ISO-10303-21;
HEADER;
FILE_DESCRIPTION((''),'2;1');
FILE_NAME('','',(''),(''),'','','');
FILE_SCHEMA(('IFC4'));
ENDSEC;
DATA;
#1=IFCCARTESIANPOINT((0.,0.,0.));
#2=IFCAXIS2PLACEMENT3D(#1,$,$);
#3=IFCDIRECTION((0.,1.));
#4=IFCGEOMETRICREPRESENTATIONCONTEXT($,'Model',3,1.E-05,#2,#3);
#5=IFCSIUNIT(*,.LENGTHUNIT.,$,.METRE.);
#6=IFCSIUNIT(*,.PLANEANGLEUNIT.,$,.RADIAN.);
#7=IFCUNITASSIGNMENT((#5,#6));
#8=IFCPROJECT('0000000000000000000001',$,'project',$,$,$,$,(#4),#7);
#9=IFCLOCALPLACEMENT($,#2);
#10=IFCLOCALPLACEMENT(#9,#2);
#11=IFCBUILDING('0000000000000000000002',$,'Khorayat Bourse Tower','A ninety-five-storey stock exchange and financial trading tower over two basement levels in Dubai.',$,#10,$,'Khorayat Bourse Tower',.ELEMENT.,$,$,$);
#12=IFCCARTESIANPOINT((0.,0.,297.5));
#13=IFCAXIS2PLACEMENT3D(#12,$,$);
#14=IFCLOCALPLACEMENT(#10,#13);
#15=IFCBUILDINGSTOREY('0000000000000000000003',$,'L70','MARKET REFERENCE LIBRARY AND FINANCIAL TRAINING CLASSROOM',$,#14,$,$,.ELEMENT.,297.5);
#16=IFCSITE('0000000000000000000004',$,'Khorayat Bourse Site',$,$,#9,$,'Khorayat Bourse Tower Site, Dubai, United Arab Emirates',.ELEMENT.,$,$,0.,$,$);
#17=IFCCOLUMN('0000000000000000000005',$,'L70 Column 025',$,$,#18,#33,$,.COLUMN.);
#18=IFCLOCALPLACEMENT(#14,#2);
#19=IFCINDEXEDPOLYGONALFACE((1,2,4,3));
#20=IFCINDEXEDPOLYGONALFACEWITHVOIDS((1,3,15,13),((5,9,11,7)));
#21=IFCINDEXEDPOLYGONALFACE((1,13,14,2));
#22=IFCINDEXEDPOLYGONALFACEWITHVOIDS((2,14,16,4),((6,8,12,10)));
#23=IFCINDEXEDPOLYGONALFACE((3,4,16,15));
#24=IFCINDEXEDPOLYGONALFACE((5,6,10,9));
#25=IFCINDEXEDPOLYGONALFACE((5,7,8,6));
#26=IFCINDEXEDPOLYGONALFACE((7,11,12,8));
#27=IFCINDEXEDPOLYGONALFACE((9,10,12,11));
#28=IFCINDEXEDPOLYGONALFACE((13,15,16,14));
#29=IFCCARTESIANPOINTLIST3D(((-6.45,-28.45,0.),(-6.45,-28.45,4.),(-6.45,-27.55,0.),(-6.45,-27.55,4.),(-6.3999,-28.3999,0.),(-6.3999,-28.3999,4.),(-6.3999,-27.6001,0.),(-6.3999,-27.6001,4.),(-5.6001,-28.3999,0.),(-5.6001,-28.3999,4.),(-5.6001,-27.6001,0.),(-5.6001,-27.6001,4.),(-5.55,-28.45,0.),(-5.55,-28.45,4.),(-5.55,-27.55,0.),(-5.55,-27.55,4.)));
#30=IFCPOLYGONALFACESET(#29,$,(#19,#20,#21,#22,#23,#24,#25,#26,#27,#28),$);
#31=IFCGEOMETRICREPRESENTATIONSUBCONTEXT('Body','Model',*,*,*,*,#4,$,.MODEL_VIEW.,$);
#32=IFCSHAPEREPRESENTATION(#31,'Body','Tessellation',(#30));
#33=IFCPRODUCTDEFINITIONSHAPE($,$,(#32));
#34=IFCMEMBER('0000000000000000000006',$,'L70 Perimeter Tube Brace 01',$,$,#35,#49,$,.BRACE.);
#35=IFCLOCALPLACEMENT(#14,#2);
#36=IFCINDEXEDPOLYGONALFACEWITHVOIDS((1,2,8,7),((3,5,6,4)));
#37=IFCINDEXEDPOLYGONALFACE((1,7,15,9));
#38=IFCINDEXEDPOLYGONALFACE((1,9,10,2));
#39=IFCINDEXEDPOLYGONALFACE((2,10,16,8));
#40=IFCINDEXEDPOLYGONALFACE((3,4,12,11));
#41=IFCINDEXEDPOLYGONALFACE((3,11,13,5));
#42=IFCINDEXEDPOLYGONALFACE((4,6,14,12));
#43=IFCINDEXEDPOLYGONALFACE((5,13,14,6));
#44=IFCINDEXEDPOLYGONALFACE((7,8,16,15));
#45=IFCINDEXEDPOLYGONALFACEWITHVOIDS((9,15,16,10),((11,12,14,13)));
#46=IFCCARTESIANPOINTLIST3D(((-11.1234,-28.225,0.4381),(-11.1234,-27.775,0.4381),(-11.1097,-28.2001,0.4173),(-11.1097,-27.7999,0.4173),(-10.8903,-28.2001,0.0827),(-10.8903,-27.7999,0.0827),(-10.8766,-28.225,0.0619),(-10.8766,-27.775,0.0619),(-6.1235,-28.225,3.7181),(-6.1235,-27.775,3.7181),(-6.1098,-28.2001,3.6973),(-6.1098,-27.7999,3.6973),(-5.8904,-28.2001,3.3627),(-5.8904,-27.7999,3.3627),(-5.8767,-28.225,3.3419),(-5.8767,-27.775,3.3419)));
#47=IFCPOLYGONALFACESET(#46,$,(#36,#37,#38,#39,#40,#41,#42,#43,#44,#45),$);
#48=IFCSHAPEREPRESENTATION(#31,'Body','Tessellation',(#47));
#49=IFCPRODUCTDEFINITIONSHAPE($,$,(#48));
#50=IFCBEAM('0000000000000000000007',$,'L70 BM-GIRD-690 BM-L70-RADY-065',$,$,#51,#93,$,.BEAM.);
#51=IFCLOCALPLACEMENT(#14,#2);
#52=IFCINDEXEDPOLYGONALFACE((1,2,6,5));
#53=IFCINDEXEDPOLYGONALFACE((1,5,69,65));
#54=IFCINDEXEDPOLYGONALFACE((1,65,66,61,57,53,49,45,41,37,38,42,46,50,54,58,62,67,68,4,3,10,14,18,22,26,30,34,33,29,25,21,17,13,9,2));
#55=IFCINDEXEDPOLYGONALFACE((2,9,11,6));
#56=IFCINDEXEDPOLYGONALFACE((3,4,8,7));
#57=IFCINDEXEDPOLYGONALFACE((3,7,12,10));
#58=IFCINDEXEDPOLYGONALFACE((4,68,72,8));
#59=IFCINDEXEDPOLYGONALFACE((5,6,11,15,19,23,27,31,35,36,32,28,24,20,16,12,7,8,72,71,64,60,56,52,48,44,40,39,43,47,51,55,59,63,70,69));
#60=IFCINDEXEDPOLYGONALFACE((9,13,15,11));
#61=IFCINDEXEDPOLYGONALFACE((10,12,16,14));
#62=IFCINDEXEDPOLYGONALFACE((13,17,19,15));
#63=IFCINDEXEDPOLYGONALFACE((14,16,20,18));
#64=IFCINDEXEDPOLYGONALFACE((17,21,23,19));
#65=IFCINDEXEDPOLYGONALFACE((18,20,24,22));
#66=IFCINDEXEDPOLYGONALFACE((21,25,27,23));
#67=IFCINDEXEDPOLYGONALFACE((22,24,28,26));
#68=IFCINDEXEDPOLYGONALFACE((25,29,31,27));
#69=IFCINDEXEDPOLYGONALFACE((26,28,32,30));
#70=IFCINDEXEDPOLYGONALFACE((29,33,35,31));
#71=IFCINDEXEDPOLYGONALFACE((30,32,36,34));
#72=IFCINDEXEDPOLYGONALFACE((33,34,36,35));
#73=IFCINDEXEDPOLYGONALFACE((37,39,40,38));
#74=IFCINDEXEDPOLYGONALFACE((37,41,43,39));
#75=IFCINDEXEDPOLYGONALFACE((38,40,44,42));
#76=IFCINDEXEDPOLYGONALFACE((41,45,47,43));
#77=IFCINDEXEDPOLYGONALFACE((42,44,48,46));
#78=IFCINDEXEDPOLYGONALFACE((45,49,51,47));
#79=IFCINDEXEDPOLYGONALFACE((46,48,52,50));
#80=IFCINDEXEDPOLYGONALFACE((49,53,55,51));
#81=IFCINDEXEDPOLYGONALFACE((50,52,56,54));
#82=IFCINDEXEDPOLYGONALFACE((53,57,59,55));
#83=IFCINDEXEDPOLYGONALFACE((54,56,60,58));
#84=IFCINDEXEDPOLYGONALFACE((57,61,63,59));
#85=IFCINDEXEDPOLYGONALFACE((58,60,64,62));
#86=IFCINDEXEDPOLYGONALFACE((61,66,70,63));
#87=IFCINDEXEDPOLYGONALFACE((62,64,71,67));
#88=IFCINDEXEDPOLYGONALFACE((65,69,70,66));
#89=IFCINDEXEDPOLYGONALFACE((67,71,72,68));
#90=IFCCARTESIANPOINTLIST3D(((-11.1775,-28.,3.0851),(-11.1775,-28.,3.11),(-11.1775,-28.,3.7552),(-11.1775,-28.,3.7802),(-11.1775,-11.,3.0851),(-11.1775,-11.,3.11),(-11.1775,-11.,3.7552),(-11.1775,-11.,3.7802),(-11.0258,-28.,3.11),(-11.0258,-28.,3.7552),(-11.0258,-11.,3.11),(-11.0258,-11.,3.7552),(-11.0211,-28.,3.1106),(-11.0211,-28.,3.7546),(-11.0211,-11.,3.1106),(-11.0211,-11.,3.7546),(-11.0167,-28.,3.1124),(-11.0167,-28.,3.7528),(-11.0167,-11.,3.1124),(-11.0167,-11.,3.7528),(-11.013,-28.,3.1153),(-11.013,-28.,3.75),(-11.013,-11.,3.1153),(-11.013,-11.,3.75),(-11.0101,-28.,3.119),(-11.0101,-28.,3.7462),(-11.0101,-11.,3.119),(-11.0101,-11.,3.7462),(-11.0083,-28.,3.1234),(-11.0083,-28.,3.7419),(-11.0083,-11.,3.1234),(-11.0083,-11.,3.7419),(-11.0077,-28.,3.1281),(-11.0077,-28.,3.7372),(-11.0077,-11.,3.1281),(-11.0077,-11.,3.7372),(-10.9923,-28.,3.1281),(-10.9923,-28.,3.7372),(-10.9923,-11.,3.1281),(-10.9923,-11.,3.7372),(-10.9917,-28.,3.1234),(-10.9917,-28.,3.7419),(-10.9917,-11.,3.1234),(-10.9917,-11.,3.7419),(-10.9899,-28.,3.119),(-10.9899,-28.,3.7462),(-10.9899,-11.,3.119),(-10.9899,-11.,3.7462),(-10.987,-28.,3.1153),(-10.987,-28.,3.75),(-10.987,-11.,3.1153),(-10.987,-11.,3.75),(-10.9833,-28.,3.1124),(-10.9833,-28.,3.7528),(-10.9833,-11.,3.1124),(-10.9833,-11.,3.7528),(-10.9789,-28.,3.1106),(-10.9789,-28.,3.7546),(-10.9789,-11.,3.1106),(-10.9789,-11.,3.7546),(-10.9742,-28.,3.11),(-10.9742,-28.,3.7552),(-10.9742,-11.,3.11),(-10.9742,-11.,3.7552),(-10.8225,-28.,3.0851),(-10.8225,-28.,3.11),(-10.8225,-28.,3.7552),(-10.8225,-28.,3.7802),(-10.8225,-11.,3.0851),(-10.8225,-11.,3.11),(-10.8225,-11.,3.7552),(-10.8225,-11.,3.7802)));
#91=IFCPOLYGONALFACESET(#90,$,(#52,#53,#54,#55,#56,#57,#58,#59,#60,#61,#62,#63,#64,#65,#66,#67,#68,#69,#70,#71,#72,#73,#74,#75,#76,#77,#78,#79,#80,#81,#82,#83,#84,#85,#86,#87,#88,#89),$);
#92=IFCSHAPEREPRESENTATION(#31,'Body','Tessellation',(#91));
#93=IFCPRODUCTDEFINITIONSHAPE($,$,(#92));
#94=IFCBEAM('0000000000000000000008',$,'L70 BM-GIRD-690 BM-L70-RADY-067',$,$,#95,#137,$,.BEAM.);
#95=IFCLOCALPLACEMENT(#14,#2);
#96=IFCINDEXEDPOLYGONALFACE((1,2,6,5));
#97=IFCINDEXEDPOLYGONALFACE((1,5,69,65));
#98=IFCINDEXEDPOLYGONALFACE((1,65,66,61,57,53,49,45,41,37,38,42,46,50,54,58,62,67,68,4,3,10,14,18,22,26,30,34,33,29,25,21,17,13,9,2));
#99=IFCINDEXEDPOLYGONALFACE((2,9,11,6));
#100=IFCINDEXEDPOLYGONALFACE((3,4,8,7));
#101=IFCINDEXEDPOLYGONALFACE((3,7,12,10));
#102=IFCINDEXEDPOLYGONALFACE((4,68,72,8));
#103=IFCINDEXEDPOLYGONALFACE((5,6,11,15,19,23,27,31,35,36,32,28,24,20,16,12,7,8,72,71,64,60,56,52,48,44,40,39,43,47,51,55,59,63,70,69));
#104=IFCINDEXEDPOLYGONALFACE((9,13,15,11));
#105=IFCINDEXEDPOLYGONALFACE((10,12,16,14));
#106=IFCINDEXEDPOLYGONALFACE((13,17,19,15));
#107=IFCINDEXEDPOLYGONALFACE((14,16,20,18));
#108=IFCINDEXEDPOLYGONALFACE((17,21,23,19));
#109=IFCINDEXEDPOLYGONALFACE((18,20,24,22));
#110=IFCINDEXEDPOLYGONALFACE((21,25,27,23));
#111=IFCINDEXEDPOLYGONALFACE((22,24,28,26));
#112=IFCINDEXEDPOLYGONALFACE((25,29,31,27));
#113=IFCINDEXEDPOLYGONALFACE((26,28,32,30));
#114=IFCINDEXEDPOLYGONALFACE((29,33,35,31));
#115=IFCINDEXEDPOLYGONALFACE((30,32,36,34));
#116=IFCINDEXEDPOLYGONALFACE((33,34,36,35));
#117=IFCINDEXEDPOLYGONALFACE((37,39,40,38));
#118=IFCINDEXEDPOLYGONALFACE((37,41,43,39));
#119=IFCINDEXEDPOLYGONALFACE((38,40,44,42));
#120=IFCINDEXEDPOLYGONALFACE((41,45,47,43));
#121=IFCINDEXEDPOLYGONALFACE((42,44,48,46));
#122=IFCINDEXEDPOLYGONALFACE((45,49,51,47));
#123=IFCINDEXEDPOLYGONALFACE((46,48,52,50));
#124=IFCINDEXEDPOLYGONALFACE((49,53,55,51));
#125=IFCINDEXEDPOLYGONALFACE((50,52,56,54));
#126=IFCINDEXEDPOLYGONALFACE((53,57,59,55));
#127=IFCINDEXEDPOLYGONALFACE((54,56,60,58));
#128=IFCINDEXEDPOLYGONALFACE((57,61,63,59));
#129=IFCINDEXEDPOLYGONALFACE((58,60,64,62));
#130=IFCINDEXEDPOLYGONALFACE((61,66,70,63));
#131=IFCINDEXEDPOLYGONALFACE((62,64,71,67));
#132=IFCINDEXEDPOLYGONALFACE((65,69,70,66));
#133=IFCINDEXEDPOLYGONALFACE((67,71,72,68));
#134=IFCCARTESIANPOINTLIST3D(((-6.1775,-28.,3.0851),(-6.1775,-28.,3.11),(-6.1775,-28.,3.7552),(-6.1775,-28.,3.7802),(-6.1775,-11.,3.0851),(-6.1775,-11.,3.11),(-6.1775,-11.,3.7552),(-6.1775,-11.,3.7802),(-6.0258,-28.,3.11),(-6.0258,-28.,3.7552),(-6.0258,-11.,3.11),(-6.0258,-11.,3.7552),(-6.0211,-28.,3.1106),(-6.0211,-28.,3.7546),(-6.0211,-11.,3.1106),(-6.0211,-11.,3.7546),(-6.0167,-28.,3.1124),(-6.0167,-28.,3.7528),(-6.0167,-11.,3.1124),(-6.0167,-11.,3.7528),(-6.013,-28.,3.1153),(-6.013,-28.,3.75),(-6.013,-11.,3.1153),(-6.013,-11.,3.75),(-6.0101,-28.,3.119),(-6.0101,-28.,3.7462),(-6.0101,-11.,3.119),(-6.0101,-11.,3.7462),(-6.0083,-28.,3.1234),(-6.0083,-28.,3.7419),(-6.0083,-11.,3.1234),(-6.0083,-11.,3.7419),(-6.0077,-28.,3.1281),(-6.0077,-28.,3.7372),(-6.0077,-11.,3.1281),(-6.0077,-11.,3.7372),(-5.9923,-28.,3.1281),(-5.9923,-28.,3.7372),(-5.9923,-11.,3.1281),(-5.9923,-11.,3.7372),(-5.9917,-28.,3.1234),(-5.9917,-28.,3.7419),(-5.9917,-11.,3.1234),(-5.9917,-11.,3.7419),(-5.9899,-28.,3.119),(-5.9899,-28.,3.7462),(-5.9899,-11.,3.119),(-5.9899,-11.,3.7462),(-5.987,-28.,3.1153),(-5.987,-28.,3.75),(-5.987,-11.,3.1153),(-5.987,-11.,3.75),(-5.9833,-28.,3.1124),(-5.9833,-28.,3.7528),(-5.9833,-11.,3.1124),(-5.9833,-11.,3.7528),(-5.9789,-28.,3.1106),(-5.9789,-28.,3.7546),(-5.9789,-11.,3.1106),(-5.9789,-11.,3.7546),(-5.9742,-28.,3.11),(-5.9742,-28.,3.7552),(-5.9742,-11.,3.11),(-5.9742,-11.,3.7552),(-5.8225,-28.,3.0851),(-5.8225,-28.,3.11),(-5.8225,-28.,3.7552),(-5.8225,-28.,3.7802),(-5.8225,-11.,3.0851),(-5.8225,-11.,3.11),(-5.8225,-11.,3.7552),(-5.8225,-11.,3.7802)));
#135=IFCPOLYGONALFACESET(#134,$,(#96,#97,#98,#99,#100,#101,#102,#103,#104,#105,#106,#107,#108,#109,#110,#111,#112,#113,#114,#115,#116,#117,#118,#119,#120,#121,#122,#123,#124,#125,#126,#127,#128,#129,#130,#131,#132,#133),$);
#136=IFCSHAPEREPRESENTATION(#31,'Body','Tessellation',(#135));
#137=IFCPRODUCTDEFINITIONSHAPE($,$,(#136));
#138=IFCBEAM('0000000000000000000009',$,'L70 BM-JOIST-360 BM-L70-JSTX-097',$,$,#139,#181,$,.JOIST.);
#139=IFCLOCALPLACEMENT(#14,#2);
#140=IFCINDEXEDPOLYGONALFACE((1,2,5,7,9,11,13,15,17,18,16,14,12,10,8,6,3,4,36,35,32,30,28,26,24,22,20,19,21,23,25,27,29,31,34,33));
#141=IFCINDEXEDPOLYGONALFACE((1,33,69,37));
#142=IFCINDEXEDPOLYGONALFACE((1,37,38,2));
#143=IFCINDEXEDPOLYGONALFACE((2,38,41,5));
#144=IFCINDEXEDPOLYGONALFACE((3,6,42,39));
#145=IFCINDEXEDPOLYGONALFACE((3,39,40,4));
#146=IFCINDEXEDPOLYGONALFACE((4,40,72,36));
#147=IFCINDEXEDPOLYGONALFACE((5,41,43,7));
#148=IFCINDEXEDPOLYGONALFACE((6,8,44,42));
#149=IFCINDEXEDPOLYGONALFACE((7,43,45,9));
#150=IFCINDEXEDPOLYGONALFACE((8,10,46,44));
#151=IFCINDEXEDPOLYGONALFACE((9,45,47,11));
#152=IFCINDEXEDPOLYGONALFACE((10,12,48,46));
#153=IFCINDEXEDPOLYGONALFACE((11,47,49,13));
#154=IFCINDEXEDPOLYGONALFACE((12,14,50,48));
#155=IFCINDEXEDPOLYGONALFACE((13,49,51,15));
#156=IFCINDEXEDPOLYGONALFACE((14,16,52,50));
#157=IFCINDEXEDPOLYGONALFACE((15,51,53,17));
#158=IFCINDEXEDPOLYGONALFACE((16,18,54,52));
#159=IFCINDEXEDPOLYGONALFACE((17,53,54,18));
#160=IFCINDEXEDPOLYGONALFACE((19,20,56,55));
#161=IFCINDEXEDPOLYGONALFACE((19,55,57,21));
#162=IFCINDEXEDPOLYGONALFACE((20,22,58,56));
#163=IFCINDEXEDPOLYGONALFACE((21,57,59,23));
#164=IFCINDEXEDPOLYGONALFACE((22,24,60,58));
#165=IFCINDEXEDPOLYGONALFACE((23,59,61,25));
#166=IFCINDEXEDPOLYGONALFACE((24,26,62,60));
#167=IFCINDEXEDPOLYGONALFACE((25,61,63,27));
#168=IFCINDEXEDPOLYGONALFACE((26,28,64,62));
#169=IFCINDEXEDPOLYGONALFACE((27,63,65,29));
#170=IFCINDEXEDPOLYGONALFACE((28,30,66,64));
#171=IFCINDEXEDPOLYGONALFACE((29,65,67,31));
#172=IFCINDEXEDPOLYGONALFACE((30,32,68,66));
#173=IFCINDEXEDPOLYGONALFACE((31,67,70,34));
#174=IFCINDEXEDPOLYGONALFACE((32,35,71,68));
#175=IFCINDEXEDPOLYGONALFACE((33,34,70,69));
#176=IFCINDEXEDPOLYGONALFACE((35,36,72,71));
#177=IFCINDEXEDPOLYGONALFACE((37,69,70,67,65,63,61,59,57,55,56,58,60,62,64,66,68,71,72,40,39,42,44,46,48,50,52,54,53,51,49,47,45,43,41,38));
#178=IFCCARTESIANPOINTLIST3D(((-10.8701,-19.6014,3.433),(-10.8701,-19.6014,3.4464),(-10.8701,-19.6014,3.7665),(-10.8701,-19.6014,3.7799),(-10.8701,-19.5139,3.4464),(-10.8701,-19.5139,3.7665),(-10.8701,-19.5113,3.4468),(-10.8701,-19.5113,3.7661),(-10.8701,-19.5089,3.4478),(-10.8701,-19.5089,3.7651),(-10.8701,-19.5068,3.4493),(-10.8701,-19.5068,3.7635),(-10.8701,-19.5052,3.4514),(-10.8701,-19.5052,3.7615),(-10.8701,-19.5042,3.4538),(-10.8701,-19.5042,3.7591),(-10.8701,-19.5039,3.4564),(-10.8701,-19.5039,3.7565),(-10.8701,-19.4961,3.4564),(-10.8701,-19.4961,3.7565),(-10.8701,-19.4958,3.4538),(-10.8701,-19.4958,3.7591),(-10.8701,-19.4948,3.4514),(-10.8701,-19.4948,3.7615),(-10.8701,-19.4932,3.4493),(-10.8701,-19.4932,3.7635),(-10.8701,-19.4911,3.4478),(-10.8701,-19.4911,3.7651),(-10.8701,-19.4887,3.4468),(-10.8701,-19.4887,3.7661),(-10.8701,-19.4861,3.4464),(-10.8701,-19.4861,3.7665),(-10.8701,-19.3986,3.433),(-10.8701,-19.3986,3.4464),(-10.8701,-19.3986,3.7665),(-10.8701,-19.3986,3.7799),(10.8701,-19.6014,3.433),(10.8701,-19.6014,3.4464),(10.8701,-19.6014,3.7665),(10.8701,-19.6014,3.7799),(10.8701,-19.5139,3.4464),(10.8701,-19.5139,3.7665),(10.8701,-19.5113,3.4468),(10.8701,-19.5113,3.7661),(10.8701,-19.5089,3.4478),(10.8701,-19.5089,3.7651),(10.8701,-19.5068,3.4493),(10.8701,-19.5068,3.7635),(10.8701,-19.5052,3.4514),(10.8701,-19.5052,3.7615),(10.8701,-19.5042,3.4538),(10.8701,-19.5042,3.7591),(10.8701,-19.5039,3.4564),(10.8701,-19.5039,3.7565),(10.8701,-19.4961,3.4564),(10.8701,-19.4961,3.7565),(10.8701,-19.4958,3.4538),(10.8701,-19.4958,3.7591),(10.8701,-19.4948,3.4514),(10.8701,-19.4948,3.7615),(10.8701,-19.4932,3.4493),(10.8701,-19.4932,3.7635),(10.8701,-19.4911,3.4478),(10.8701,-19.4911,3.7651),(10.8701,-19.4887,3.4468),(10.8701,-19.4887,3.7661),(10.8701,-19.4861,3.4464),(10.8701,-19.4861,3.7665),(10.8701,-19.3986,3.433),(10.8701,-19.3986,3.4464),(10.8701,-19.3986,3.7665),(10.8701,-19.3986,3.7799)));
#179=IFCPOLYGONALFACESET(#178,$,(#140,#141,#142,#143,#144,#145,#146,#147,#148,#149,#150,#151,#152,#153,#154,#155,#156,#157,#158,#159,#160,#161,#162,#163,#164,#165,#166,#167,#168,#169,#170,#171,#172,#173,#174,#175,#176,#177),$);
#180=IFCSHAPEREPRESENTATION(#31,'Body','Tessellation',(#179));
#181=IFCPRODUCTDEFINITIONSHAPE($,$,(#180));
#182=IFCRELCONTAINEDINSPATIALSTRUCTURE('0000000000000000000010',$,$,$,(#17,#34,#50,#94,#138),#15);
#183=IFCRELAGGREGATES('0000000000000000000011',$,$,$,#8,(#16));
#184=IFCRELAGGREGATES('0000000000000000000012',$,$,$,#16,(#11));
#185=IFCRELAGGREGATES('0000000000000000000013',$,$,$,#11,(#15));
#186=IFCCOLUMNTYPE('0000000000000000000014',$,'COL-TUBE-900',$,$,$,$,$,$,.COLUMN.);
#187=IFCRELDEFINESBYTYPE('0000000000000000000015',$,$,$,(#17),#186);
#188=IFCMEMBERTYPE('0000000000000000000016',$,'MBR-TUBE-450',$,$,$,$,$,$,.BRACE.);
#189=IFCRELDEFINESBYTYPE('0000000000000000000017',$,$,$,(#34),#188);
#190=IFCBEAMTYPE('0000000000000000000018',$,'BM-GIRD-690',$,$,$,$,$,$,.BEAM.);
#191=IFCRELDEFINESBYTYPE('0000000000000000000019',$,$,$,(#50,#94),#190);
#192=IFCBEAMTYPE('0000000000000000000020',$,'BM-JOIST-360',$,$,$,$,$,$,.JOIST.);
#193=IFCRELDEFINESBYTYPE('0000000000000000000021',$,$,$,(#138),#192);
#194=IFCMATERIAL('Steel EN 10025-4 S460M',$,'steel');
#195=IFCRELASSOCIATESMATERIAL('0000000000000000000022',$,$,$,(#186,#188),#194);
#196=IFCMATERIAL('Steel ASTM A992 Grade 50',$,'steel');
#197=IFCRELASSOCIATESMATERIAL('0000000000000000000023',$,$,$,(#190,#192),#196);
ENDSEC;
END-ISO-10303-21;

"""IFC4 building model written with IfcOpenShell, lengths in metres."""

from ifc_helpers import new_model, si_unit, direction, frame, origin, origin_2d, place, context, subcontext, project, spatial, hollow_rectangle, i_section, extrude, source, transform, mapped, material, material_profile, profile_set, type_object, element, save


model = new_model("IFC4")

# Units and contexts
model_context = context("Model", 3, precision=1e-05, world=origin(), true_north=direction((0.0, 1.0)))
body_context = subcontext(model_context, "Body", "Model", "MODEL_VIEW")
ifc_project = project(units=[si_unit("LENGTHUNIT", "METRE"), si_unit("PLANEANGLEUNIT", "RADIAN")], contexts=[model_context])

# Site, building, storey
site_placement = place(None, origin())
site = spatial("IfcSite", under=ifc_project, at=site_placement, Name="Khorayat Bourse Site", LongName="Khorayat Bourse Tower Site, Dubai, United Arab Emirates", CompositionType="ELEMENT", RefElevation=0.0)
building_placement = place(site_placement, origin())
building = spatial("IfcBuilding", under=site, at=building_placement, Name="Khorayat Bourse Tower", Description="A ninety-five-storey stock exchange and financial trading tower over two basement levels in Dubai.", LongName="Khorayat Bourse Tower", CompositionType="ELEMENT")
storey_placement = place(building_placement, frame((0.0, 0.0, 297.5)))
storey = spatial("IfcBuildingStorey", under=building, at=storey_placement, Name="L70", Description="MARKET REFERENCE LIBRARY AND FINANCIAL TRAINING CLASSROOM", CompositionType="ELEMENT", Elevation=297.5)

# Column
ifc_material_1 = material(Name="Steel EN 10025-4 S460M", Category="steel")
ifc_material_profile_1 = material_profile(ifc_material_1, hollow_rectangle(XDim=0.8999, YDim=0.8999, WallThickness=0.05, at=origin_2d()), Name="BOX 900x900x50")
ifc_profile_set_1 = profile_set([ifc_material_profile_1], Name="Steel EN 10025-4 S460M")
column_type = type_object("IfcColumnType", Name="COL-TUBE-900", PredefinedType="COLUMN", material=ifc_profile_set_1)
shared_shape_1 = source(origin(), body_context, "Body", "SweptSolid", [
    extrude(hollow_rectangle(XDim=0.8999, YDim=0.8999, WallThickness=0.05, at=origin_2d()), origin(), (0.0, 0.0, 1.0), 4.0),
])
column_placement = place(storey_placement, frame((-6.0, -28.0, 0.0), z_axis=(0.0, 0.0, 1.0), x_axis=(1.0, 0.0, 0.0)))
element("IfcColumn", 1, at=column_placement, inside=storey, type_object=column_type, Name="L70 Column 025", PredefinedType="COLUMN", context=body_context, shape_type="MappedRepresentation", body=[
    mapped(shared_shape_1, transform((0.0, 0.0, 0.0), scale=1.0)),
])

# Member
ifc_material_profile_2 = material_profile(ifc_material_1, hollow_rectangle(XDim=0.45, YDim=0.45, WallThickness=0.0249, at=origin_2d()), Name="HSS 450x450x25")
ifc_profile_set_2 = profile_set([ifc_material_profile_2], Name="Steel EN 10025-4 S460M")
member_type = type_object("IfcMemberType", Name="MBR-TUBE-450", PredefinedType="BRACE", material=ifc_profile_set_2)
shared_shape_2 = source(origin(), body_context, "Body", "SweptSolid", [
    extrude(hollow_rectangle(XDim=0.45, YDim=0.45, WallThickness=0.0249, at=origin_2d()), origin(), (0.0, 0.0, 1.0), 5.9797),
])
member_placement = place(storey_placement, frame((-11.0, -28.0, 0.25), z_axis=(0.836142, 0.0, 0.548514), x_axis=(0.0, 1.0, 0.0)))
element("IfcMember", 2, at=member_placement, inside=storey, type_object=member_type, Name="L70 Perimeter Tube Brace 01", PredefinedType="BRACE", context=body_context, shape_type="MappedRepresentation", body=[
    mapped(shared_shape_2, transform((0.0, 0.0, 0.0), scale=1.0)),
])

# Beams
ifc_material_2 = material(Name="Steel ASTM A992 Grade 50", Category="steel")
ifc_material_profile_3 = material_profile(ifc_material_2, i_section(OverallWidth=0.355, OverallDepth=0.6951, WebThickness=0.0154, FlangeThickness=0.0249, FilletRadius=0.0181, at=origin_2d()), Name="W690X217")
ifc_profile_set_3 = profile_set([ifc_material_profile_3], Name="Steel ASTM A992 Grade 50")
beam_type_1 = type_object("IfcBeamType", Name="BM-GIRD-690", PredefinedType="BEAM", material=ifc_profile_set_3)
shared_shape_3 = source(origin(), body_context, "Body", "SweptSolid", [
    extrude(i_section(OverallWidth=0.355, OverallDepth=0.6951, WebThickness=0.0154, FlangeThickness=0.0249, FilletRadius=0.0181, at=origin_2d()), origin(), (0.0, 0.0, 1.0), 17.0),
])
for number, where, z_axis, x_axis, name in (
    (3, (-11.0, -28.0, 3.4326), (0.0, 1.0, 0.0), (-1.0, 0.0, 0.0), "L70 BM-GIRD-690 BM-L70-RADY-065"),
    (4, (-6.0, -28.0, 3.4326), (0.0, 1.0, 0.0), (-1.0, 0.0, 0.0), "L70 BM-GIRD-690 BM-L70-RADY-067"),
):
    element("IfcBeam", number, at=place(storey_placement, frame(where, z_axis=z_axis, x_axis=x_axis)), inside=storey, type_object=beam_type_1, Name=name, PredefinedType="BEAM", context=body_context, shape_type="MappedRepresentation", body=[
        mapped(shared_shape_3, transform((0.0, 0.0, 0.0), scale=1.0)),
    ])
ifc_material_profile_4 = material_profile(ifc_material_2, i_section(OverallWidth=0.2029, OverallDepth=0.3469, WebThickness=0.0078, FlangeThickness=0.0134, FilletRadius=0.01, at=origin_2d()), Name="W360X64")
ifc_profile_set_4 = profile_set([ifc_material_profile_4], Name="Steel ASTM A992 Grade 50")
beam_type_2 = type_object("IfcBeamType", Name="BM-JOIST-360", PredefinedType="JOIST", material=ifc_profile_set_4)
shared_shape_4 = source(origin(), body_context, "Body", "SweptSolid", [
    extrude(i_section(OverallWidth=0.2029, OverallDepth=0.3469, WebThickness=0.0078, FlangeThickness=0.0134, FilletRadius=0.01, at=origin_2d()), origin(), (0.0, 0.0, 1.0), 21.7402),
])
beam_1_placement = place(storey_placement, frame((-10.8701, -19.5, 3.6064), z_axis=(1.0, 0.0, 0.0), x_axis=(0.0, 1.0, 0.0)))
element("IfcBeam", 5, at=beam_1_placement, inside=storey, type_object=beam_type_2, Name="L70 BM-JOIST-360 BM-L70-JSTX-097", PredefinedType="JOIST", context=body_context, shape_type="MappedRepresentation", body=[
    mapped(shared_shape_4, transform((0.0, 0.0, 0.0), scale=1.0)),
])

save(model, "model.ifc")
